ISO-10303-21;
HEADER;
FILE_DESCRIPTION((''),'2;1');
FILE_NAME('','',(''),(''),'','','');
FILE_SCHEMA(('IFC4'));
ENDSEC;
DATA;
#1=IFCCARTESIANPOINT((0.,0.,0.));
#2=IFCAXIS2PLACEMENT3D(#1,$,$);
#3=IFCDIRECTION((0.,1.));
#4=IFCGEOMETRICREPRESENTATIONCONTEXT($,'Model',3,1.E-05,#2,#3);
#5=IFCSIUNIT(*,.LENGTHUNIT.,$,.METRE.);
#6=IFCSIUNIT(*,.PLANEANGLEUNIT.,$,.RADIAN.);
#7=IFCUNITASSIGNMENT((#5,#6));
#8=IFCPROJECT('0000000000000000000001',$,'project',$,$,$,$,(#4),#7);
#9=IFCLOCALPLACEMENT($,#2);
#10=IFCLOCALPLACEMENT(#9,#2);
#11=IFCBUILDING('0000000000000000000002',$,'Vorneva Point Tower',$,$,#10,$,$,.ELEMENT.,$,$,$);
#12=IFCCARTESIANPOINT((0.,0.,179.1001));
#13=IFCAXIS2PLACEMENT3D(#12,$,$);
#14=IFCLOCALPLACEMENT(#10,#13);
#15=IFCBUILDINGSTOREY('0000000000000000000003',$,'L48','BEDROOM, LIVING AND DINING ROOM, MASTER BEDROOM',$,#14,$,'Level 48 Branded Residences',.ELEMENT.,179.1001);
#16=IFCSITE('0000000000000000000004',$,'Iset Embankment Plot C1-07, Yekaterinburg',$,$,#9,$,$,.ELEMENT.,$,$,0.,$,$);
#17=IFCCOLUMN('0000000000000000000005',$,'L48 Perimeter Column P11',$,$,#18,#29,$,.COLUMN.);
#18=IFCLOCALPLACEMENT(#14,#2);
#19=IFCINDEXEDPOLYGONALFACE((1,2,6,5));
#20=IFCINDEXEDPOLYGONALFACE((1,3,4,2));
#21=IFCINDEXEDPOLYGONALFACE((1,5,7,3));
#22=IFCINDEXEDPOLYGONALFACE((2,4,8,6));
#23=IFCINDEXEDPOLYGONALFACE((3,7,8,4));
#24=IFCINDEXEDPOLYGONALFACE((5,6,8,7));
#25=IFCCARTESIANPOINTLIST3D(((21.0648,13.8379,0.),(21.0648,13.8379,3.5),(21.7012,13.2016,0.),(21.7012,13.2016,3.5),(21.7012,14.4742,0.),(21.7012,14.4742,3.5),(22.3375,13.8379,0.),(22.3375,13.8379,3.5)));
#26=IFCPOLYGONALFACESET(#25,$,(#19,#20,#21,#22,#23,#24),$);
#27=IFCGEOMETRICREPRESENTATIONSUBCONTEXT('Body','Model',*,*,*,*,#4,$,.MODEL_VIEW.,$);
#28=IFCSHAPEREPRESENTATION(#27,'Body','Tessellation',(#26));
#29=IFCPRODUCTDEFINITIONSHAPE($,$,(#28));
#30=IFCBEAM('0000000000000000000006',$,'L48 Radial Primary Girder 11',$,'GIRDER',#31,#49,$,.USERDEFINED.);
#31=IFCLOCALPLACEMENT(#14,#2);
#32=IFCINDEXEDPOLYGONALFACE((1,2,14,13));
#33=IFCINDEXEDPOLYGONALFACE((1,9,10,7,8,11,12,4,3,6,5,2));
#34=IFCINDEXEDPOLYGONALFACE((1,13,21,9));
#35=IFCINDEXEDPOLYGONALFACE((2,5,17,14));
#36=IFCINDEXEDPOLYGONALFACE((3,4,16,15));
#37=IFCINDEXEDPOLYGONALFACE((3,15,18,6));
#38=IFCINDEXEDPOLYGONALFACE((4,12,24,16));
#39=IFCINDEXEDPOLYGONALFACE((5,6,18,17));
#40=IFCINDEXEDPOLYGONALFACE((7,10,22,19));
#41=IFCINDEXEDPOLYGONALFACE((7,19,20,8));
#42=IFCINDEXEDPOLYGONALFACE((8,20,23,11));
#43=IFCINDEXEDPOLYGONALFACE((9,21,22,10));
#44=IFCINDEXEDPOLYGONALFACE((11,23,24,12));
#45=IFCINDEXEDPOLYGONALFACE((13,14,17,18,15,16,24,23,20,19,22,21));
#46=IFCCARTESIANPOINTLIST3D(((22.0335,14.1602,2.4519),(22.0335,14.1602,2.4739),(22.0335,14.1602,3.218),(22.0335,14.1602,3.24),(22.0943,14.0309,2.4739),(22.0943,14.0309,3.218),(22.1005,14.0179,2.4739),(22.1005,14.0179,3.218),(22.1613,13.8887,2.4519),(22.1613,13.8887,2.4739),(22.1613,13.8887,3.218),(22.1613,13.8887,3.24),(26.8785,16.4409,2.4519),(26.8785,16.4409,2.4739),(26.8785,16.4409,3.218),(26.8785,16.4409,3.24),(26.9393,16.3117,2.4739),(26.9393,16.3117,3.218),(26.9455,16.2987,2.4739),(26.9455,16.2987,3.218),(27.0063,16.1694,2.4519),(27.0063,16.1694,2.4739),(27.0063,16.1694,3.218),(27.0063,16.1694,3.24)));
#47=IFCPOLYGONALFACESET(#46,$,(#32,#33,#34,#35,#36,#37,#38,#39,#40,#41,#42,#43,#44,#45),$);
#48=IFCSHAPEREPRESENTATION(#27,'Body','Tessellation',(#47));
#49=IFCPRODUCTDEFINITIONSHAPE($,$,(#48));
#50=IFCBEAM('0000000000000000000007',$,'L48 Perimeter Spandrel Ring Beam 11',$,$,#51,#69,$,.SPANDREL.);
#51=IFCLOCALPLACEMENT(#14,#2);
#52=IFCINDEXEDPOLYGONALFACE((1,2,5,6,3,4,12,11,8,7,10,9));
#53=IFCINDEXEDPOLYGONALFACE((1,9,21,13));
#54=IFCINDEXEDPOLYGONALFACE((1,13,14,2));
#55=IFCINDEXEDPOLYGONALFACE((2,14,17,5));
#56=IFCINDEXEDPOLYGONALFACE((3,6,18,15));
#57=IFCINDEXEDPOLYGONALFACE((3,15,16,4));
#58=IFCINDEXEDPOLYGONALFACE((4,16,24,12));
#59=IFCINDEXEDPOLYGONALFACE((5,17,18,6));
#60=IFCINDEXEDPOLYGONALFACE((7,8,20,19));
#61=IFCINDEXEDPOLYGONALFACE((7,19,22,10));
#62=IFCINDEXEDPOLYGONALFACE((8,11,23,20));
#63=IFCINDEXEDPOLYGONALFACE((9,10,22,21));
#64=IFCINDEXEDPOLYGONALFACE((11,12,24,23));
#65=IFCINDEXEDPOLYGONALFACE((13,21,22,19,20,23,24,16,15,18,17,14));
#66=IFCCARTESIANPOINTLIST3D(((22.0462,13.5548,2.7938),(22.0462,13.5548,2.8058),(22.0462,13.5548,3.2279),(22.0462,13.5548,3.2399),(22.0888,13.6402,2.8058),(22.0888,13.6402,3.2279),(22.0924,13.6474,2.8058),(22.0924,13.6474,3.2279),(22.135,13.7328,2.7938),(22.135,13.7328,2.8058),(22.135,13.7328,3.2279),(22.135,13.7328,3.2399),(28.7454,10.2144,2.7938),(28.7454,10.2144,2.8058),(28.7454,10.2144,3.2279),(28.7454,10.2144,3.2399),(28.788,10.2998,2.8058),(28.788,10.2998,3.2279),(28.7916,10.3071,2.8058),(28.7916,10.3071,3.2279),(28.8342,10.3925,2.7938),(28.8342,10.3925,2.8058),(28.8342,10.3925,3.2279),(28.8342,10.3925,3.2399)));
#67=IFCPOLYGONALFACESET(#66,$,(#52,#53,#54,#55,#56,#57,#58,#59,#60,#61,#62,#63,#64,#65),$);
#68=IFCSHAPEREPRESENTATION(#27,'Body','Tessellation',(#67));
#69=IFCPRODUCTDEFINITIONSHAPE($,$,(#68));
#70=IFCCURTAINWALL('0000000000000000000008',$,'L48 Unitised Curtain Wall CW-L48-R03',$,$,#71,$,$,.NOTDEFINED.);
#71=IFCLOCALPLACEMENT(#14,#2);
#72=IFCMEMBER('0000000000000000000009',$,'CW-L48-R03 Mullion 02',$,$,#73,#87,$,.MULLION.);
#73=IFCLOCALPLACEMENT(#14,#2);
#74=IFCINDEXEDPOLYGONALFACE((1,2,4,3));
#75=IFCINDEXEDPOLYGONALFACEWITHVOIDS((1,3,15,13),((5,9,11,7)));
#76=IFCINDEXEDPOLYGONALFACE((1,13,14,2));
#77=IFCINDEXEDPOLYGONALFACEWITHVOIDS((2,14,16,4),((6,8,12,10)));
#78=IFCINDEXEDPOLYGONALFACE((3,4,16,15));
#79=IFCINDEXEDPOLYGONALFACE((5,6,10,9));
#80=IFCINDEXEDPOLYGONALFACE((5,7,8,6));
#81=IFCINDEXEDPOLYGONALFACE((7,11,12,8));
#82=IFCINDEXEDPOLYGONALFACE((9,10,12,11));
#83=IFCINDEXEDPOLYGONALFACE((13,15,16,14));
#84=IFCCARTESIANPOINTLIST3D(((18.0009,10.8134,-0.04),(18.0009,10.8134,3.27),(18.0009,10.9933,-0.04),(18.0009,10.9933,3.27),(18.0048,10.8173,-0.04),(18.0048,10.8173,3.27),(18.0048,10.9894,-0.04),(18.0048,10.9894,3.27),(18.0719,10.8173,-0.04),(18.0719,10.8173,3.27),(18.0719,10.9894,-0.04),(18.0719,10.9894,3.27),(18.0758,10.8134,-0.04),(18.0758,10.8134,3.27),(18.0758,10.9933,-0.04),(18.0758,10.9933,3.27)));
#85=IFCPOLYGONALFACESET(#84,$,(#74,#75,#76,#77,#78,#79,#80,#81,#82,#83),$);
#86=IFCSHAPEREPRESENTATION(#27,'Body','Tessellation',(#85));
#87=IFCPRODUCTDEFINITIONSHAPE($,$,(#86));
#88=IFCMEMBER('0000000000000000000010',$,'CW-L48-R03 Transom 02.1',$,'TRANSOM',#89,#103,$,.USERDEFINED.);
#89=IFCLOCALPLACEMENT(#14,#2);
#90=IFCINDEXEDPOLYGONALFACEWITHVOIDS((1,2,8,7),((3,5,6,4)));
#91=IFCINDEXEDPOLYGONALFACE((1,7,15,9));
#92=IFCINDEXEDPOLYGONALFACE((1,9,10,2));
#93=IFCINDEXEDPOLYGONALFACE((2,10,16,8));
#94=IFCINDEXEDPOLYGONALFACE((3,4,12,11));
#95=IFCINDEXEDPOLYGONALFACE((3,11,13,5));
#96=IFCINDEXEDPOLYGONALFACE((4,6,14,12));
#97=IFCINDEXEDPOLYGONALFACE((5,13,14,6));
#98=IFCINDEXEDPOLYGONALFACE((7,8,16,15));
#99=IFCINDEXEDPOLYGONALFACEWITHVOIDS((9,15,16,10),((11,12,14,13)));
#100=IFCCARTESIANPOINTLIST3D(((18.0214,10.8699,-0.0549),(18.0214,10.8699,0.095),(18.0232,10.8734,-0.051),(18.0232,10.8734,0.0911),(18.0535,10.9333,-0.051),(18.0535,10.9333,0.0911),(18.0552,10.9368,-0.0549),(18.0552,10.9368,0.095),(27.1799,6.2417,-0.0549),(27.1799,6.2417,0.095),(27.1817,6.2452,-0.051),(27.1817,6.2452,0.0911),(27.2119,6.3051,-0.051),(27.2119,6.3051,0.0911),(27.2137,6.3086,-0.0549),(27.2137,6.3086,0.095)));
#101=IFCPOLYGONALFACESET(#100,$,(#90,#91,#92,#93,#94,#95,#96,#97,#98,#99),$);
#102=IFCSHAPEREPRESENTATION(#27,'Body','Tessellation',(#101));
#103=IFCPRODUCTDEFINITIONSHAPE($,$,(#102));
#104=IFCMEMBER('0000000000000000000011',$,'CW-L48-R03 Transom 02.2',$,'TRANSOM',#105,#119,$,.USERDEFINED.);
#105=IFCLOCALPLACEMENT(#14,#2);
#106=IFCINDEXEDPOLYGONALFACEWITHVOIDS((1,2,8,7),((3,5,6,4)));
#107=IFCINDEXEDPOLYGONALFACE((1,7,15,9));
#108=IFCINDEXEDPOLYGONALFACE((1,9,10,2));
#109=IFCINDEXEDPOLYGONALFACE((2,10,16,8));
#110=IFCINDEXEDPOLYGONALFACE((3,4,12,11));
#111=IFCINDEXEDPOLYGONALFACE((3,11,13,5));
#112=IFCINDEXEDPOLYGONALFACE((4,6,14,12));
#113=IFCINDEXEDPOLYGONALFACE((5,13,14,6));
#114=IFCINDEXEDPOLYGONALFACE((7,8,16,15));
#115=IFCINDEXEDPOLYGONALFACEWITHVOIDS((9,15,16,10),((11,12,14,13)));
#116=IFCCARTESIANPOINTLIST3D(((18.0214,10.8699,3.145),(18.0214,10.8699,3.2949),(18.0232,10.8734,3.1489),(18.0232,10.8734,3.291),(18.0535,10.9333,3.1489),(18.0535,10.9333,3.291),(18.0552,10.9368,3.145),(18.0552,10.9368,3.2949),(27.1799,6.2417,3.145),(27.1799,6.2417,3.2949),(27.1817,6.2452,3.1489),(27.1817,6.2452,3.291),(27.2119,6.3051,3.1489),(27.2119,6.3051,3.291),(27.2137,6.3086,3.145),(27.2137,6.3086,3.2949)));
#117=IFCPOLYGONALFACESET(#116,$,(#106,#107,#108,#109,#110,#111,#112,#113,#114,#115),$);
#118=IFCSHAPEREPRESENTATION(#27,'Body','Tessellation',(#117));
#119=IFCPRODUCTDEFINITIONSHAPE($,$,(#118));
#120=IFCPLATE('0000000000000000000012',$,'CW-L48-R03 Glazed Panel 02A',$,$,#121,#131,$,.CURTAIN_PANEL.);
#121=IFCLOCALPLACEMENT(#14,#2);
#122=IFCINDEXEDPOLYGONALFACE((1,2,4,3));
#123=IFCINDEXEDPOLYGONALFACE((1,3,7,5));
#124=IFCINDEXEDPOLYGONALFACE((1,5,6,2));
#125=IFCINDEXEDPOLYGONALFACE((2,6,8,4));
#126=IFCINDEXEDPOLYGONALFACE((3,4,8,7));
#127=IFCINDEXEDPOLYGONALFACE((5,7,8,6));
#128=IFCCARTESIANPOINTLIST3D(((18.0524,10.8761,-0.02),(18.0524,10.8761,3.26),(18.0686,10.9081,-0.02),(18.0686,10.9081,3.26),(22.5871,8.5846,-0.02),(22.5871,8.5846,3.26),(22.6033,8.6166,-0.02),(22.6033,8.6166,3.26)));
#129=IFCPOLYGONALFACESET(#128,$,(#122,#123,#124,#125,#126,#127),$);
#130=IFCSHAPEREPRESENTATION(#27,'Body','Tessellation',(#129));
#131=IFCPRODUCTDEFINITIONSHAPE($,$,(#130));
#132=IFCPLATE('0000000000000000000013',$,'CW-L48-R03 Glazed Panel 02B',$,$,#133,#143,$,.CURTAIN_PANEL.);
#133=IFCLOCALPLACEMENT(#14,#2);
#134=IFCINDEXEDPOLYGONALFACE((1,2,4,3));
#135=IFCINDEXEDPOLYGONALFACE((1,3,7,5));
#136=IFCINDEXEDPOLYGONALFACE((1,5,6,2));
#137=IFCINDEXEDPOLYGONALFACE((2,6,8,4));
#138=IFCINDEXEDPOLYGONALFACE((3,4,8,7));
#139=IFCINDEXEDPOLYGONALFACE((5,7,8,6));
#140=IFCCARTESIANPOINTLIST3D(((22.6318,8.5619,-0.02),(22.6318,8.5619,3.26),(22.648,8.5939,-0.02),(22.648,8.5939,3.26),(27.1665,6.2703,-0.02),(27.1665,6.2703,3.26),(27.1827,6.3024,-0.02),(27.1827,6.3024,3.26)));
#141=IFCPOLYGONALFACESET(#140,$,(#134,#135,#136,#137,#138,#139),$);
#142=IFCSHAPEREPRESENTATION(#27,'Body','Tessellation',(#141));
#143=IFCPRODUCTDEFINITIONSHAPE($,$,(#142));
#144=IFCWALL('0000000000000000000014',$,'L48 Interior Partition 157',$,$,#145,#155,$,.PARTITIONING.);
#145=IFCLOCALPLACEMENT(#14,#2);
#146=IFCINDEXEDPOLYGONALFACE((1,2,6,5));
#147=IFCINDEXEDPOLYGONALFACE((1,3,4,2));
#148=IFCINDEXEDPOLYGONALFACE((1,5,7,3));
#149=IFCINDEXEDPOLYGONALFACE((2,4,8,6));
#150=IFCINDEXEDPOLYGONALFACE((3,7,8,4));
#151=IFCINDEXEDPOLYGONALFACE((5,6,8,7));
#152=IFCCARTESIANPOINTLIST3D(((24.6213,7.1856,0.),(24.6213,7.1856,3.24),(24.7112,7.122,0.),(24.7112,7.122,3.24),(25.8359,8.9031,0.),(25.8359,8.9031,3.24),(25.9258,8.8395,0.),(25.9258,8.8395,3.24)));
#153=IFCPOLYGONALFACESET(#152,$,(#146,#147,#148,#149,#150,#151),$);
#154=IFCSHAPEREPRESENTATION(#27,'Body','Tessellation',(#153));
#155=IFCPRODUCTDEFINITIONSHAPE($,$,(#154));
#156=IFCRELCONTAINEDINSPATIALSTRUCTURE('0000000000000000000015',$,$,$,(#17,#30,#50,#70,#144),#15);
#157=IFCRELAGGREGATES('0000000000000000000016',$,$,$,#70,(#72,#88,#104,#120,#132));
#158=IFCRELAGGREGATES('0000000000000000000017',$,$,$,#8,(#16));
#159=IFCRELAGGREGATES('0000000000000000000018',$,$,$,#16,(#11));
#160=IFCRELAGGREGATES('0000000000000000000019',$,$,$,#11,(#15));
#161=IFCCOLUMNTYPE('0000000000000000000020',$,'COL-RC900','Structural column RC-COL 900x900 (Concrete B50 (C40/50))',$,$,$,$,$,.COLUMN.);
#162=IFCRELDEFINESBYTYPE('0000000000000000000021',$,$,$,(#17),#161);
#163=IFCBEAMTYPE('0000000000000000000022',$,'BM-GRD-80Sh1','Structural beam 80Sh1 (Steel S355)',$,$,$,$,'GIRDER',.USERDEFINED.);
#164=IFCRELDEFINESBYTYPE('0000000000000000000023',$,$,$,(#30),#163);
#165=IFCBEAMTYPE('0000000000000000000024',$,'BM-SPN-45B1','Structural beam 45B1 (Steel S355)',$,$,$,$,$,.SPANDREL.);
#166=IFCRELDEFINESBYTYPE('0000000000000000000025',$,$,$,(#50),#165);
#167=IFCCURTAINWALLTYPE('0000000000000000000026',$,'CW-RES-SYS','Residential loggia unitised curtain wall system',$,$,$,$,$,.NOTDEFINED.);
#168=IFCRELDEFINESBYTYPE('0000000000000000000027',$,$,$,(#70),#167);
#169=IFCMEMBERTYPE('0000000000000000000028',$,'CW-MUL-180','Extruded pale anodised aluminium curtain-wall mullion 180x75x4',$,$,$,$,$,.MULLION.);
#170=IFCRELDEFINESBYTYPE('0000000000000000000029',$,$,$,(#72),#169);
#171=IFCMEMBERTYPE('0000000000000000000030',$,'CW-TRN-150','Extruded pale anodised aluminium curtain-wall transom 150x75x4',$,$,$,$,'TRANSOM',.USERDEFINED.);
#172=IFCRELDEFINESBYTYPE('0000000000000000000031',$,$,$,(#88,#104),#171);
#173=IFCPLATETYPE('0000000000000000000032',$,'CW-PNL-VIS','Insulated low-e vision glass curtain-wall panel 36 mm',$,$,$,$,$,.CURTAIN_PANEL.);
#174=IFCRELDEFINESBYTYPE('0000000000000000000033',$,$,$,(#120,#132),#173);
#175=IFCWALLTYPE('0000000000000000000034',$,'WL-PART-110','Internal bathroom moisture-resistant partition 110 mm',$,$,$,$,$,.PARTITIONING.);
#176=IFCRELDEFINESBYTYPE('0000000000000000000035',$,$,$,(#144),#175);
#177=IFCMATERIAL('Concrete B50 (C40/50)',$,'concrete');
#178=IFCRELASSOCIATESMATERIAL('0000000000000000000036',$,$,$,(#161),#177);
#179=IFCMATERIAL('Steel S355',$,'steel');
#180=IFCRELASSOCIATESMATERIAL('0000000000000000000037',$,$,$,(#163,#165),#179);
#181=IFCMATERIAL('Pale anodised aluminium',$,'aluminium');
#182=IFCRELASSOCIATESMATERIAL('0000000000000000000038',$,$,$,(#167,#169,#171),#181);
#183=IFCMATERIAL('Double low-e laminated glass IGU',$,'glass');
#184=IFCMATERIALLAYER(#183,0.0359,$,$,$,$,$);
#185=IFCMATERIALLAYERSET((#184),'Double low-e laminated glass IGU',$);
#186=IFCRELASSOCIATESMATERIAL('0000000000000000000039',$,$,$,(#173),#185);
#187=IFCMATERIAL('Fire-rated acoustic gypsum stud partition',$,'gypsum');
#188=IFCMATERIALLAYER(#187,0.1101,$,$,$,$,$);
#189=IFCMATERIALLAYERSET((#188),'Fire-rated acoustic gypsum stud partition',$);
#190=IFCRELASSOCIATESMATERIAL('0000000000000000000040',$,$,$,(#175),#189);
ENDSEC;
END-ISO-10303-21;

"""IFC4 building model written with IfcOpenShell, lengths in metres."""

from ifc_helpers import new_model, si_unit, direction, frame, frame_2d, origin, origin_2d, place, context, subcontext, project, spatial, rectangle, hollow_rectangle, i_section, extrude, material, layer, layer_set, material_profile, profile_set, type_object, element, aggregate, save


model = new_model("IFC4")

# Units and contexts
model_context = context("Model", 3, precision=1e-05, world=origin(), true_north=direction((0.0, 1.0)))
body_context = subcontext(model_context, "Body", "Model", "MODEL_VIEW")
ifc_project = project(units=[si_unit("LENGTHUNIT", "METRE"), si_unit("PLANEANGLEUNIT", "RADIAN")], contexts=[model_context])

# Site, building, storey
site_placement = place(None, origin())
site = spatial("IfcSite", under=ifc_project, at=site_placement, Name="Iset Embankment Plot C1-07, Yekaterinburg", CompositionType="ELEMENT", RefElevation=0.0)
building_placement = place(site_placement, origin())
building = spatial("IfcBuilding", under=site, at=building_placement, Name="Vorneva Point Tower", CompositionType="ELEMENT")
storey_placement = place(building_placement, frame((0.0, 0.0, 179.1001)))
storey = spatial("IfcBuildingStorey", under=building, at=storey_placement, Name="L48", Description="BEDROOM, LIVING AND DINING ROOM, MASTER BEDROOM", LongName="Level 48 Branded Residences", CompositionType="ELEMENT", Elevation=179.1001)

# Column
ifc_material_1 = material(Name="Concrete B50 (C40/50)", Category="concrete")
ifc_material_profile_1 = material_profile(ifc_material_1, rectangle(XDim=0.8999, YDim=0.8999, at=origin_2d()), Name="RC-COL 900x900")
ifc_profile_set_1 = profile_set([ifc_material_profile_1], Name="Concrete B50 (C40/50)")
column_type = type_object("IfcColumnType", Name="COL-RC900", Description="Structural column RC-COL 900x900 (Concrete B50 (C40/50))", PredefinedType="COLUMN", material=ifc_profile_set_1)
column_placement = place(storey_placement, frame((21.7012, 13.8379, 0.0), z_axis=(0.0, 0.0, 1.0), x_axis=(-0.707107, -0.707107, 0.0)))
element("IfcColumn", 1, at=column_placement, inside=storey, type_object=column_type, Name="L48 Perimeter Column P11", PredefinedType="COLUMN", context=body_context, shape_type="SweptSolid", body=[
    extrude(rectangle(XDim=0.8999, YDim=0.8999, at=origin_2d()), origin(), (0.0, 0.0, 1.0), 3.5),
])

# Beams
ifc_material_2 = material(Name="Steel S355", Category="steel")
ifc_material_profile_2 = material_profile(ifc_material_2, i_section(OverallWidth=0.3, OverallDepth=0.7881, WebThickness=0.0144, FlangeThickness=0.022, at=origin_2d()), Name="80Sh1")
ifc_profile_set_2 = profile_set([ifc_material_profile_2], Name="Steel S355")
beam_type_1 = type_object("IfcBeamType", Name="BM-GRD-80Sh1", Description="Structural beam 80Sh1 (Steel S355)", ElementType="GIRDER", PredefinedType="USERDEFINED", material=ifc_profile_set_2)
beam_1_placement = place(storey_placement, frame((22.0974, 14.0244, 2.8459), z_axis=(0.904763, 0.425916, 0.0), x_axis=(-0.425916, 0.904763, 0.0)))
element("IfcBeam", 2, at=beam_1_placement, inside=storey, type_object=beam_type_1, Name="L48 Radial Primary Girder 11", ObjectType="GIRDER", PredefinedType="USERDEFINED", context=body_context, shape_type="SweptSolid", body=[
    extrude(i_section(OverallWidth=0.3, OverallDepth=0.7881, WebThickness=0.0144, FlangeThickness=0.022, at=origin_2d()), origin(), (0.0, 0.0, 1.0), 5.355),
])
ifc_material_profile_3 = material_profile(ifc_material_2, i_section(OverallWidth=0.199, OverallDepth=0.446, WebThickness=0.0081, FlangeThickness=0.012, at=origin_2d()), Name="45B1")
ifc_profile_set_3 = profile_set([ifc_material_profile_3], Name="Steel S355")
beam_type_2 = type_object("IfcBeamType", Name="BM-SPN-45B1", Description="Structural beam 45B1 (Steel S355)", PredefinedType="SPANDREL", material=ifc_profile_set_3)
beam_2_placement = place(storey_placement, frame((22.0906, 13.6438, 3.0168), z_axis=(0.894922, -0.446222, 0.0), x_axis=(0.446222, 0.894922, 0.0)))
element("IfcBeam", 3, at=beam_2_placement, inside=storey, type_object=beam_type_2, Name="L48 Perimeter Spandrel Ring Beam 11", PredefinedType="SPANDREL", context=body_context, shape_type="SweptSolid", body=[
    extrude(i_section(OverallWidth=0.199, OverallDepth=0.446, WebThickness=0.0081, FlangeThickness=0.012, at=origin_2d()), origin(), (0.0, 0.0, 1.0), 7.4858),
])

# Curtain wall, members, plates
ifc_material_3 = material(Name="Pale anodised aluminium", Category="aluminium")
curtain_wall_type = type_object("IfcCurtainWallType", Name="CW-RES-SYS", Description="Residential loggia unitised curtain wall system", PredefinedType="NOTDEFINED", material=ifc_material_3)
curtain_wall_placement = place(storey_placement, origin())
curtain_wall = element("IfcCurtainWall", 4, at=curtain_wall_placement, inside=storey, type_object=curtain_wall_type, Name="L48 Unitised Curtain Wall CW-L48-R03", PredefinedType="NOTDEFINED")
ifc_material_profile_4 = material_profile(ifc_material_3, hollow_rectangle(XDim=0.075, YDim=0.1799, WallThickness=0.0039, at=origin_2d()), Name="AL-MUL 180x75x4")
ifc_profile_set_4 = profile_set([ifc_material_profile_4], Name="Pale anodised aluminium")
member_type_1 = type_object("IfcMemberType", Name="CW-MUL-180", Description="Extruded pale anodised aluminium curtain-wall mullion 180x75x4", PredefinedType="MULLION", material=ifc_profile_set_4)
member_1_placement = place(storey_placement, frame((18.0383, 10.9033, -0.04), z_axis=(0.0, 0.0, 1.0), x_axis=(1.0, 0.0, 0.0)))
member_1 = element("IfcMember", 5, at=member_1_placement, type_object=member_type_1, Name="CW-L48-R03 Mullion 02", PredefinedType="MULLION", context=body_context, shape_type="SweptSolid", body=[
    extrude(hollow_rectangle(XDim=0.075, YDim=0.1799, WallThickness=0.0039, at=origin_2d()), origin(), (0.0, 0.0, 1.0), 3.3101),
])
ifc_material_profile_5 = material_profile(ifc_material_3, hollow_rectangle(XDim=0.075, YDim=0.1499, WallThickness=0.0039, at=origin_2d()), Name="AL-TRN 150x75x4")
ifc_profile_set_5 = profile_set([ifc_material_profile_5], Name="Pale anodised aluminium")
member_type_2 = type_object("IfcMemberType", Name="CW-TRN-150", Description="Extruded pale anodised aluminium curtain-wall transom 150x75x4", ElementType="TRANSOM", PredefinedType="USERDEFINED", material=ifc_profile_set_5)
member_2_placement = place(storey_placement, frame((18.0383, 10.9033, 0.02), z_axis=(0.892511, -0.451026, 0.0), x_axis=(0.451026, 0.892511, 0.0)))
member_2 = element("IfcMember", 6, at=member_2_placement, type_object=member_type_2, Name="CW-L48-R03 Transom 02.1", ObjectType="TRANSOM", PredefinedType="USERDEFINED", context=body_context, shape_type="SweptSolid", body=[
    extrude(hollow_rectangle(XDim=0.075, YDim=0.1499, WallThickness=0.0039, at=origin_2d()), origin(), (0.0, 0.0, 1.0), 10.2615),
])
member_3_placement = place(storey_placement, frame((18.0383, 10.9033, 3.22), z_axis=(0.892511, -0.451026, 0.0), x_axis=(0.451026, 0.892511, 0.0)))
member_3 = element("IfcMember", 7, at=member_3_placement, type_object=member_type_2, Name="CW-L48-R03 Transom 02.2", ObjectType="TRANSOM", PredefinedType="USERDEFINED", context=body_context, shape_type="SweptSolid", body=[
    extrude(hollow_rectangle(XDim=0.075, YDim=0.1499, WallThickness=0.0039, at=origin_2d()), origin(), (0.0, 0.0, 1.0), 10.2615),
])
ifc_material_4 = material(Name="Double low-e laminated glass IGU", Category="glass")
ifc_layer_1 = layer(ifc_material_4, 0.0359)
ifc_layer_set_1 = layer_set([ifc_layer_1], Name="Double low-e laminated glass IGU")
plate_type = type_object("IfcPlateType", Name="CW-PNL-VIS", Description="Insulated low-e vision glass curtain-wall panel 36 mm", PredefinedType="CURTAIN_PANEL", material=ifc_layer_set_1)
plate_1_placement = place(storey_placement, frame((20.3279, 9.7463, -0.02), z_axis=(0.0, 0.0, 1.0), x_axis=(0.892515, -0.451018, 0.0)))
plate_1 = element("IfcPlate", 8, at=plate_1_placement, type_object=plate_type, Name="CW-L48-R03 Glazed Panel 02A", PredefinedType="CURTAIN_PANEL", context=body_context, shape_type="SweptSolid", body=[
    extrude(rectangle(XDim=5.0808, YDim=0.0359, at=origin_2d()), origin(), (0.0, 0.0, 1.0), 3.28),
])
plate_2_placement = place(storey_placement, frame((24.9072, 7.4321, -0.02), z_axis=(0.0, 0.0, 1.0), x_axis=(0.892515, -0.451018, 0.0)))
plate_2 = element("IfcPlate", 9, at=plate_2_placement, type_object=plate_type, Name="CW-L48-R03 Glazed Panel 02B", PredefinedType="CURTAIN_PANEL", context=body_context, shape_type="SweptSolid", body=[
    extrude(rectangle(XDim=5.0808, YDim=0.0359, at=origin_2d()), origin(), (0.0, 0.0, 1.0), 3.28),
])
aggregate(curtain_wall, [member_1, member_2, member_3, plate_1, plate_2])

# Wall
ifc_material_5 = material(Name="Fire-rated acoustic gypsum stud partition", Category="gypsum")
ifc_layer_2 = layer(ifc_material_5, 0.1101)
ifc_layer_set_2 = layer_set([ifc_layer_2], Name="Fire-rated acoustic gypsum stud partition")
wall_type_1 = type_object("IfcWallType", Name="WL-PART-110", Description="Internal bathroom moisture-resistant partition 110 mm", PredefinedType="PARTITIONING", material=ifc_layer_set_2)
wall_1_placement = place(storey_placement, frame((24.6663, 7.1538, 0.0), z_axis=(0.0, 0.0, 1.0), x_axis=(0.577389, 0.816469, 0.0)))
element("IfcWall", 10, at=wall_1_placement, inside=storey, type_object=wall_type_1, Name="L48 Interior Partition 157", PredefinedType="PARTITIONING", context=body_context, shape_type="SweptSolid", body=[
    extrude(rectangle(XDim=2.1035, YDim=0.1101, at=frame_2d((1.0518, 0.0))), origin(), (0.0, 0.0, 1.0), 3.24),
])

save(model, "model.ifc")
